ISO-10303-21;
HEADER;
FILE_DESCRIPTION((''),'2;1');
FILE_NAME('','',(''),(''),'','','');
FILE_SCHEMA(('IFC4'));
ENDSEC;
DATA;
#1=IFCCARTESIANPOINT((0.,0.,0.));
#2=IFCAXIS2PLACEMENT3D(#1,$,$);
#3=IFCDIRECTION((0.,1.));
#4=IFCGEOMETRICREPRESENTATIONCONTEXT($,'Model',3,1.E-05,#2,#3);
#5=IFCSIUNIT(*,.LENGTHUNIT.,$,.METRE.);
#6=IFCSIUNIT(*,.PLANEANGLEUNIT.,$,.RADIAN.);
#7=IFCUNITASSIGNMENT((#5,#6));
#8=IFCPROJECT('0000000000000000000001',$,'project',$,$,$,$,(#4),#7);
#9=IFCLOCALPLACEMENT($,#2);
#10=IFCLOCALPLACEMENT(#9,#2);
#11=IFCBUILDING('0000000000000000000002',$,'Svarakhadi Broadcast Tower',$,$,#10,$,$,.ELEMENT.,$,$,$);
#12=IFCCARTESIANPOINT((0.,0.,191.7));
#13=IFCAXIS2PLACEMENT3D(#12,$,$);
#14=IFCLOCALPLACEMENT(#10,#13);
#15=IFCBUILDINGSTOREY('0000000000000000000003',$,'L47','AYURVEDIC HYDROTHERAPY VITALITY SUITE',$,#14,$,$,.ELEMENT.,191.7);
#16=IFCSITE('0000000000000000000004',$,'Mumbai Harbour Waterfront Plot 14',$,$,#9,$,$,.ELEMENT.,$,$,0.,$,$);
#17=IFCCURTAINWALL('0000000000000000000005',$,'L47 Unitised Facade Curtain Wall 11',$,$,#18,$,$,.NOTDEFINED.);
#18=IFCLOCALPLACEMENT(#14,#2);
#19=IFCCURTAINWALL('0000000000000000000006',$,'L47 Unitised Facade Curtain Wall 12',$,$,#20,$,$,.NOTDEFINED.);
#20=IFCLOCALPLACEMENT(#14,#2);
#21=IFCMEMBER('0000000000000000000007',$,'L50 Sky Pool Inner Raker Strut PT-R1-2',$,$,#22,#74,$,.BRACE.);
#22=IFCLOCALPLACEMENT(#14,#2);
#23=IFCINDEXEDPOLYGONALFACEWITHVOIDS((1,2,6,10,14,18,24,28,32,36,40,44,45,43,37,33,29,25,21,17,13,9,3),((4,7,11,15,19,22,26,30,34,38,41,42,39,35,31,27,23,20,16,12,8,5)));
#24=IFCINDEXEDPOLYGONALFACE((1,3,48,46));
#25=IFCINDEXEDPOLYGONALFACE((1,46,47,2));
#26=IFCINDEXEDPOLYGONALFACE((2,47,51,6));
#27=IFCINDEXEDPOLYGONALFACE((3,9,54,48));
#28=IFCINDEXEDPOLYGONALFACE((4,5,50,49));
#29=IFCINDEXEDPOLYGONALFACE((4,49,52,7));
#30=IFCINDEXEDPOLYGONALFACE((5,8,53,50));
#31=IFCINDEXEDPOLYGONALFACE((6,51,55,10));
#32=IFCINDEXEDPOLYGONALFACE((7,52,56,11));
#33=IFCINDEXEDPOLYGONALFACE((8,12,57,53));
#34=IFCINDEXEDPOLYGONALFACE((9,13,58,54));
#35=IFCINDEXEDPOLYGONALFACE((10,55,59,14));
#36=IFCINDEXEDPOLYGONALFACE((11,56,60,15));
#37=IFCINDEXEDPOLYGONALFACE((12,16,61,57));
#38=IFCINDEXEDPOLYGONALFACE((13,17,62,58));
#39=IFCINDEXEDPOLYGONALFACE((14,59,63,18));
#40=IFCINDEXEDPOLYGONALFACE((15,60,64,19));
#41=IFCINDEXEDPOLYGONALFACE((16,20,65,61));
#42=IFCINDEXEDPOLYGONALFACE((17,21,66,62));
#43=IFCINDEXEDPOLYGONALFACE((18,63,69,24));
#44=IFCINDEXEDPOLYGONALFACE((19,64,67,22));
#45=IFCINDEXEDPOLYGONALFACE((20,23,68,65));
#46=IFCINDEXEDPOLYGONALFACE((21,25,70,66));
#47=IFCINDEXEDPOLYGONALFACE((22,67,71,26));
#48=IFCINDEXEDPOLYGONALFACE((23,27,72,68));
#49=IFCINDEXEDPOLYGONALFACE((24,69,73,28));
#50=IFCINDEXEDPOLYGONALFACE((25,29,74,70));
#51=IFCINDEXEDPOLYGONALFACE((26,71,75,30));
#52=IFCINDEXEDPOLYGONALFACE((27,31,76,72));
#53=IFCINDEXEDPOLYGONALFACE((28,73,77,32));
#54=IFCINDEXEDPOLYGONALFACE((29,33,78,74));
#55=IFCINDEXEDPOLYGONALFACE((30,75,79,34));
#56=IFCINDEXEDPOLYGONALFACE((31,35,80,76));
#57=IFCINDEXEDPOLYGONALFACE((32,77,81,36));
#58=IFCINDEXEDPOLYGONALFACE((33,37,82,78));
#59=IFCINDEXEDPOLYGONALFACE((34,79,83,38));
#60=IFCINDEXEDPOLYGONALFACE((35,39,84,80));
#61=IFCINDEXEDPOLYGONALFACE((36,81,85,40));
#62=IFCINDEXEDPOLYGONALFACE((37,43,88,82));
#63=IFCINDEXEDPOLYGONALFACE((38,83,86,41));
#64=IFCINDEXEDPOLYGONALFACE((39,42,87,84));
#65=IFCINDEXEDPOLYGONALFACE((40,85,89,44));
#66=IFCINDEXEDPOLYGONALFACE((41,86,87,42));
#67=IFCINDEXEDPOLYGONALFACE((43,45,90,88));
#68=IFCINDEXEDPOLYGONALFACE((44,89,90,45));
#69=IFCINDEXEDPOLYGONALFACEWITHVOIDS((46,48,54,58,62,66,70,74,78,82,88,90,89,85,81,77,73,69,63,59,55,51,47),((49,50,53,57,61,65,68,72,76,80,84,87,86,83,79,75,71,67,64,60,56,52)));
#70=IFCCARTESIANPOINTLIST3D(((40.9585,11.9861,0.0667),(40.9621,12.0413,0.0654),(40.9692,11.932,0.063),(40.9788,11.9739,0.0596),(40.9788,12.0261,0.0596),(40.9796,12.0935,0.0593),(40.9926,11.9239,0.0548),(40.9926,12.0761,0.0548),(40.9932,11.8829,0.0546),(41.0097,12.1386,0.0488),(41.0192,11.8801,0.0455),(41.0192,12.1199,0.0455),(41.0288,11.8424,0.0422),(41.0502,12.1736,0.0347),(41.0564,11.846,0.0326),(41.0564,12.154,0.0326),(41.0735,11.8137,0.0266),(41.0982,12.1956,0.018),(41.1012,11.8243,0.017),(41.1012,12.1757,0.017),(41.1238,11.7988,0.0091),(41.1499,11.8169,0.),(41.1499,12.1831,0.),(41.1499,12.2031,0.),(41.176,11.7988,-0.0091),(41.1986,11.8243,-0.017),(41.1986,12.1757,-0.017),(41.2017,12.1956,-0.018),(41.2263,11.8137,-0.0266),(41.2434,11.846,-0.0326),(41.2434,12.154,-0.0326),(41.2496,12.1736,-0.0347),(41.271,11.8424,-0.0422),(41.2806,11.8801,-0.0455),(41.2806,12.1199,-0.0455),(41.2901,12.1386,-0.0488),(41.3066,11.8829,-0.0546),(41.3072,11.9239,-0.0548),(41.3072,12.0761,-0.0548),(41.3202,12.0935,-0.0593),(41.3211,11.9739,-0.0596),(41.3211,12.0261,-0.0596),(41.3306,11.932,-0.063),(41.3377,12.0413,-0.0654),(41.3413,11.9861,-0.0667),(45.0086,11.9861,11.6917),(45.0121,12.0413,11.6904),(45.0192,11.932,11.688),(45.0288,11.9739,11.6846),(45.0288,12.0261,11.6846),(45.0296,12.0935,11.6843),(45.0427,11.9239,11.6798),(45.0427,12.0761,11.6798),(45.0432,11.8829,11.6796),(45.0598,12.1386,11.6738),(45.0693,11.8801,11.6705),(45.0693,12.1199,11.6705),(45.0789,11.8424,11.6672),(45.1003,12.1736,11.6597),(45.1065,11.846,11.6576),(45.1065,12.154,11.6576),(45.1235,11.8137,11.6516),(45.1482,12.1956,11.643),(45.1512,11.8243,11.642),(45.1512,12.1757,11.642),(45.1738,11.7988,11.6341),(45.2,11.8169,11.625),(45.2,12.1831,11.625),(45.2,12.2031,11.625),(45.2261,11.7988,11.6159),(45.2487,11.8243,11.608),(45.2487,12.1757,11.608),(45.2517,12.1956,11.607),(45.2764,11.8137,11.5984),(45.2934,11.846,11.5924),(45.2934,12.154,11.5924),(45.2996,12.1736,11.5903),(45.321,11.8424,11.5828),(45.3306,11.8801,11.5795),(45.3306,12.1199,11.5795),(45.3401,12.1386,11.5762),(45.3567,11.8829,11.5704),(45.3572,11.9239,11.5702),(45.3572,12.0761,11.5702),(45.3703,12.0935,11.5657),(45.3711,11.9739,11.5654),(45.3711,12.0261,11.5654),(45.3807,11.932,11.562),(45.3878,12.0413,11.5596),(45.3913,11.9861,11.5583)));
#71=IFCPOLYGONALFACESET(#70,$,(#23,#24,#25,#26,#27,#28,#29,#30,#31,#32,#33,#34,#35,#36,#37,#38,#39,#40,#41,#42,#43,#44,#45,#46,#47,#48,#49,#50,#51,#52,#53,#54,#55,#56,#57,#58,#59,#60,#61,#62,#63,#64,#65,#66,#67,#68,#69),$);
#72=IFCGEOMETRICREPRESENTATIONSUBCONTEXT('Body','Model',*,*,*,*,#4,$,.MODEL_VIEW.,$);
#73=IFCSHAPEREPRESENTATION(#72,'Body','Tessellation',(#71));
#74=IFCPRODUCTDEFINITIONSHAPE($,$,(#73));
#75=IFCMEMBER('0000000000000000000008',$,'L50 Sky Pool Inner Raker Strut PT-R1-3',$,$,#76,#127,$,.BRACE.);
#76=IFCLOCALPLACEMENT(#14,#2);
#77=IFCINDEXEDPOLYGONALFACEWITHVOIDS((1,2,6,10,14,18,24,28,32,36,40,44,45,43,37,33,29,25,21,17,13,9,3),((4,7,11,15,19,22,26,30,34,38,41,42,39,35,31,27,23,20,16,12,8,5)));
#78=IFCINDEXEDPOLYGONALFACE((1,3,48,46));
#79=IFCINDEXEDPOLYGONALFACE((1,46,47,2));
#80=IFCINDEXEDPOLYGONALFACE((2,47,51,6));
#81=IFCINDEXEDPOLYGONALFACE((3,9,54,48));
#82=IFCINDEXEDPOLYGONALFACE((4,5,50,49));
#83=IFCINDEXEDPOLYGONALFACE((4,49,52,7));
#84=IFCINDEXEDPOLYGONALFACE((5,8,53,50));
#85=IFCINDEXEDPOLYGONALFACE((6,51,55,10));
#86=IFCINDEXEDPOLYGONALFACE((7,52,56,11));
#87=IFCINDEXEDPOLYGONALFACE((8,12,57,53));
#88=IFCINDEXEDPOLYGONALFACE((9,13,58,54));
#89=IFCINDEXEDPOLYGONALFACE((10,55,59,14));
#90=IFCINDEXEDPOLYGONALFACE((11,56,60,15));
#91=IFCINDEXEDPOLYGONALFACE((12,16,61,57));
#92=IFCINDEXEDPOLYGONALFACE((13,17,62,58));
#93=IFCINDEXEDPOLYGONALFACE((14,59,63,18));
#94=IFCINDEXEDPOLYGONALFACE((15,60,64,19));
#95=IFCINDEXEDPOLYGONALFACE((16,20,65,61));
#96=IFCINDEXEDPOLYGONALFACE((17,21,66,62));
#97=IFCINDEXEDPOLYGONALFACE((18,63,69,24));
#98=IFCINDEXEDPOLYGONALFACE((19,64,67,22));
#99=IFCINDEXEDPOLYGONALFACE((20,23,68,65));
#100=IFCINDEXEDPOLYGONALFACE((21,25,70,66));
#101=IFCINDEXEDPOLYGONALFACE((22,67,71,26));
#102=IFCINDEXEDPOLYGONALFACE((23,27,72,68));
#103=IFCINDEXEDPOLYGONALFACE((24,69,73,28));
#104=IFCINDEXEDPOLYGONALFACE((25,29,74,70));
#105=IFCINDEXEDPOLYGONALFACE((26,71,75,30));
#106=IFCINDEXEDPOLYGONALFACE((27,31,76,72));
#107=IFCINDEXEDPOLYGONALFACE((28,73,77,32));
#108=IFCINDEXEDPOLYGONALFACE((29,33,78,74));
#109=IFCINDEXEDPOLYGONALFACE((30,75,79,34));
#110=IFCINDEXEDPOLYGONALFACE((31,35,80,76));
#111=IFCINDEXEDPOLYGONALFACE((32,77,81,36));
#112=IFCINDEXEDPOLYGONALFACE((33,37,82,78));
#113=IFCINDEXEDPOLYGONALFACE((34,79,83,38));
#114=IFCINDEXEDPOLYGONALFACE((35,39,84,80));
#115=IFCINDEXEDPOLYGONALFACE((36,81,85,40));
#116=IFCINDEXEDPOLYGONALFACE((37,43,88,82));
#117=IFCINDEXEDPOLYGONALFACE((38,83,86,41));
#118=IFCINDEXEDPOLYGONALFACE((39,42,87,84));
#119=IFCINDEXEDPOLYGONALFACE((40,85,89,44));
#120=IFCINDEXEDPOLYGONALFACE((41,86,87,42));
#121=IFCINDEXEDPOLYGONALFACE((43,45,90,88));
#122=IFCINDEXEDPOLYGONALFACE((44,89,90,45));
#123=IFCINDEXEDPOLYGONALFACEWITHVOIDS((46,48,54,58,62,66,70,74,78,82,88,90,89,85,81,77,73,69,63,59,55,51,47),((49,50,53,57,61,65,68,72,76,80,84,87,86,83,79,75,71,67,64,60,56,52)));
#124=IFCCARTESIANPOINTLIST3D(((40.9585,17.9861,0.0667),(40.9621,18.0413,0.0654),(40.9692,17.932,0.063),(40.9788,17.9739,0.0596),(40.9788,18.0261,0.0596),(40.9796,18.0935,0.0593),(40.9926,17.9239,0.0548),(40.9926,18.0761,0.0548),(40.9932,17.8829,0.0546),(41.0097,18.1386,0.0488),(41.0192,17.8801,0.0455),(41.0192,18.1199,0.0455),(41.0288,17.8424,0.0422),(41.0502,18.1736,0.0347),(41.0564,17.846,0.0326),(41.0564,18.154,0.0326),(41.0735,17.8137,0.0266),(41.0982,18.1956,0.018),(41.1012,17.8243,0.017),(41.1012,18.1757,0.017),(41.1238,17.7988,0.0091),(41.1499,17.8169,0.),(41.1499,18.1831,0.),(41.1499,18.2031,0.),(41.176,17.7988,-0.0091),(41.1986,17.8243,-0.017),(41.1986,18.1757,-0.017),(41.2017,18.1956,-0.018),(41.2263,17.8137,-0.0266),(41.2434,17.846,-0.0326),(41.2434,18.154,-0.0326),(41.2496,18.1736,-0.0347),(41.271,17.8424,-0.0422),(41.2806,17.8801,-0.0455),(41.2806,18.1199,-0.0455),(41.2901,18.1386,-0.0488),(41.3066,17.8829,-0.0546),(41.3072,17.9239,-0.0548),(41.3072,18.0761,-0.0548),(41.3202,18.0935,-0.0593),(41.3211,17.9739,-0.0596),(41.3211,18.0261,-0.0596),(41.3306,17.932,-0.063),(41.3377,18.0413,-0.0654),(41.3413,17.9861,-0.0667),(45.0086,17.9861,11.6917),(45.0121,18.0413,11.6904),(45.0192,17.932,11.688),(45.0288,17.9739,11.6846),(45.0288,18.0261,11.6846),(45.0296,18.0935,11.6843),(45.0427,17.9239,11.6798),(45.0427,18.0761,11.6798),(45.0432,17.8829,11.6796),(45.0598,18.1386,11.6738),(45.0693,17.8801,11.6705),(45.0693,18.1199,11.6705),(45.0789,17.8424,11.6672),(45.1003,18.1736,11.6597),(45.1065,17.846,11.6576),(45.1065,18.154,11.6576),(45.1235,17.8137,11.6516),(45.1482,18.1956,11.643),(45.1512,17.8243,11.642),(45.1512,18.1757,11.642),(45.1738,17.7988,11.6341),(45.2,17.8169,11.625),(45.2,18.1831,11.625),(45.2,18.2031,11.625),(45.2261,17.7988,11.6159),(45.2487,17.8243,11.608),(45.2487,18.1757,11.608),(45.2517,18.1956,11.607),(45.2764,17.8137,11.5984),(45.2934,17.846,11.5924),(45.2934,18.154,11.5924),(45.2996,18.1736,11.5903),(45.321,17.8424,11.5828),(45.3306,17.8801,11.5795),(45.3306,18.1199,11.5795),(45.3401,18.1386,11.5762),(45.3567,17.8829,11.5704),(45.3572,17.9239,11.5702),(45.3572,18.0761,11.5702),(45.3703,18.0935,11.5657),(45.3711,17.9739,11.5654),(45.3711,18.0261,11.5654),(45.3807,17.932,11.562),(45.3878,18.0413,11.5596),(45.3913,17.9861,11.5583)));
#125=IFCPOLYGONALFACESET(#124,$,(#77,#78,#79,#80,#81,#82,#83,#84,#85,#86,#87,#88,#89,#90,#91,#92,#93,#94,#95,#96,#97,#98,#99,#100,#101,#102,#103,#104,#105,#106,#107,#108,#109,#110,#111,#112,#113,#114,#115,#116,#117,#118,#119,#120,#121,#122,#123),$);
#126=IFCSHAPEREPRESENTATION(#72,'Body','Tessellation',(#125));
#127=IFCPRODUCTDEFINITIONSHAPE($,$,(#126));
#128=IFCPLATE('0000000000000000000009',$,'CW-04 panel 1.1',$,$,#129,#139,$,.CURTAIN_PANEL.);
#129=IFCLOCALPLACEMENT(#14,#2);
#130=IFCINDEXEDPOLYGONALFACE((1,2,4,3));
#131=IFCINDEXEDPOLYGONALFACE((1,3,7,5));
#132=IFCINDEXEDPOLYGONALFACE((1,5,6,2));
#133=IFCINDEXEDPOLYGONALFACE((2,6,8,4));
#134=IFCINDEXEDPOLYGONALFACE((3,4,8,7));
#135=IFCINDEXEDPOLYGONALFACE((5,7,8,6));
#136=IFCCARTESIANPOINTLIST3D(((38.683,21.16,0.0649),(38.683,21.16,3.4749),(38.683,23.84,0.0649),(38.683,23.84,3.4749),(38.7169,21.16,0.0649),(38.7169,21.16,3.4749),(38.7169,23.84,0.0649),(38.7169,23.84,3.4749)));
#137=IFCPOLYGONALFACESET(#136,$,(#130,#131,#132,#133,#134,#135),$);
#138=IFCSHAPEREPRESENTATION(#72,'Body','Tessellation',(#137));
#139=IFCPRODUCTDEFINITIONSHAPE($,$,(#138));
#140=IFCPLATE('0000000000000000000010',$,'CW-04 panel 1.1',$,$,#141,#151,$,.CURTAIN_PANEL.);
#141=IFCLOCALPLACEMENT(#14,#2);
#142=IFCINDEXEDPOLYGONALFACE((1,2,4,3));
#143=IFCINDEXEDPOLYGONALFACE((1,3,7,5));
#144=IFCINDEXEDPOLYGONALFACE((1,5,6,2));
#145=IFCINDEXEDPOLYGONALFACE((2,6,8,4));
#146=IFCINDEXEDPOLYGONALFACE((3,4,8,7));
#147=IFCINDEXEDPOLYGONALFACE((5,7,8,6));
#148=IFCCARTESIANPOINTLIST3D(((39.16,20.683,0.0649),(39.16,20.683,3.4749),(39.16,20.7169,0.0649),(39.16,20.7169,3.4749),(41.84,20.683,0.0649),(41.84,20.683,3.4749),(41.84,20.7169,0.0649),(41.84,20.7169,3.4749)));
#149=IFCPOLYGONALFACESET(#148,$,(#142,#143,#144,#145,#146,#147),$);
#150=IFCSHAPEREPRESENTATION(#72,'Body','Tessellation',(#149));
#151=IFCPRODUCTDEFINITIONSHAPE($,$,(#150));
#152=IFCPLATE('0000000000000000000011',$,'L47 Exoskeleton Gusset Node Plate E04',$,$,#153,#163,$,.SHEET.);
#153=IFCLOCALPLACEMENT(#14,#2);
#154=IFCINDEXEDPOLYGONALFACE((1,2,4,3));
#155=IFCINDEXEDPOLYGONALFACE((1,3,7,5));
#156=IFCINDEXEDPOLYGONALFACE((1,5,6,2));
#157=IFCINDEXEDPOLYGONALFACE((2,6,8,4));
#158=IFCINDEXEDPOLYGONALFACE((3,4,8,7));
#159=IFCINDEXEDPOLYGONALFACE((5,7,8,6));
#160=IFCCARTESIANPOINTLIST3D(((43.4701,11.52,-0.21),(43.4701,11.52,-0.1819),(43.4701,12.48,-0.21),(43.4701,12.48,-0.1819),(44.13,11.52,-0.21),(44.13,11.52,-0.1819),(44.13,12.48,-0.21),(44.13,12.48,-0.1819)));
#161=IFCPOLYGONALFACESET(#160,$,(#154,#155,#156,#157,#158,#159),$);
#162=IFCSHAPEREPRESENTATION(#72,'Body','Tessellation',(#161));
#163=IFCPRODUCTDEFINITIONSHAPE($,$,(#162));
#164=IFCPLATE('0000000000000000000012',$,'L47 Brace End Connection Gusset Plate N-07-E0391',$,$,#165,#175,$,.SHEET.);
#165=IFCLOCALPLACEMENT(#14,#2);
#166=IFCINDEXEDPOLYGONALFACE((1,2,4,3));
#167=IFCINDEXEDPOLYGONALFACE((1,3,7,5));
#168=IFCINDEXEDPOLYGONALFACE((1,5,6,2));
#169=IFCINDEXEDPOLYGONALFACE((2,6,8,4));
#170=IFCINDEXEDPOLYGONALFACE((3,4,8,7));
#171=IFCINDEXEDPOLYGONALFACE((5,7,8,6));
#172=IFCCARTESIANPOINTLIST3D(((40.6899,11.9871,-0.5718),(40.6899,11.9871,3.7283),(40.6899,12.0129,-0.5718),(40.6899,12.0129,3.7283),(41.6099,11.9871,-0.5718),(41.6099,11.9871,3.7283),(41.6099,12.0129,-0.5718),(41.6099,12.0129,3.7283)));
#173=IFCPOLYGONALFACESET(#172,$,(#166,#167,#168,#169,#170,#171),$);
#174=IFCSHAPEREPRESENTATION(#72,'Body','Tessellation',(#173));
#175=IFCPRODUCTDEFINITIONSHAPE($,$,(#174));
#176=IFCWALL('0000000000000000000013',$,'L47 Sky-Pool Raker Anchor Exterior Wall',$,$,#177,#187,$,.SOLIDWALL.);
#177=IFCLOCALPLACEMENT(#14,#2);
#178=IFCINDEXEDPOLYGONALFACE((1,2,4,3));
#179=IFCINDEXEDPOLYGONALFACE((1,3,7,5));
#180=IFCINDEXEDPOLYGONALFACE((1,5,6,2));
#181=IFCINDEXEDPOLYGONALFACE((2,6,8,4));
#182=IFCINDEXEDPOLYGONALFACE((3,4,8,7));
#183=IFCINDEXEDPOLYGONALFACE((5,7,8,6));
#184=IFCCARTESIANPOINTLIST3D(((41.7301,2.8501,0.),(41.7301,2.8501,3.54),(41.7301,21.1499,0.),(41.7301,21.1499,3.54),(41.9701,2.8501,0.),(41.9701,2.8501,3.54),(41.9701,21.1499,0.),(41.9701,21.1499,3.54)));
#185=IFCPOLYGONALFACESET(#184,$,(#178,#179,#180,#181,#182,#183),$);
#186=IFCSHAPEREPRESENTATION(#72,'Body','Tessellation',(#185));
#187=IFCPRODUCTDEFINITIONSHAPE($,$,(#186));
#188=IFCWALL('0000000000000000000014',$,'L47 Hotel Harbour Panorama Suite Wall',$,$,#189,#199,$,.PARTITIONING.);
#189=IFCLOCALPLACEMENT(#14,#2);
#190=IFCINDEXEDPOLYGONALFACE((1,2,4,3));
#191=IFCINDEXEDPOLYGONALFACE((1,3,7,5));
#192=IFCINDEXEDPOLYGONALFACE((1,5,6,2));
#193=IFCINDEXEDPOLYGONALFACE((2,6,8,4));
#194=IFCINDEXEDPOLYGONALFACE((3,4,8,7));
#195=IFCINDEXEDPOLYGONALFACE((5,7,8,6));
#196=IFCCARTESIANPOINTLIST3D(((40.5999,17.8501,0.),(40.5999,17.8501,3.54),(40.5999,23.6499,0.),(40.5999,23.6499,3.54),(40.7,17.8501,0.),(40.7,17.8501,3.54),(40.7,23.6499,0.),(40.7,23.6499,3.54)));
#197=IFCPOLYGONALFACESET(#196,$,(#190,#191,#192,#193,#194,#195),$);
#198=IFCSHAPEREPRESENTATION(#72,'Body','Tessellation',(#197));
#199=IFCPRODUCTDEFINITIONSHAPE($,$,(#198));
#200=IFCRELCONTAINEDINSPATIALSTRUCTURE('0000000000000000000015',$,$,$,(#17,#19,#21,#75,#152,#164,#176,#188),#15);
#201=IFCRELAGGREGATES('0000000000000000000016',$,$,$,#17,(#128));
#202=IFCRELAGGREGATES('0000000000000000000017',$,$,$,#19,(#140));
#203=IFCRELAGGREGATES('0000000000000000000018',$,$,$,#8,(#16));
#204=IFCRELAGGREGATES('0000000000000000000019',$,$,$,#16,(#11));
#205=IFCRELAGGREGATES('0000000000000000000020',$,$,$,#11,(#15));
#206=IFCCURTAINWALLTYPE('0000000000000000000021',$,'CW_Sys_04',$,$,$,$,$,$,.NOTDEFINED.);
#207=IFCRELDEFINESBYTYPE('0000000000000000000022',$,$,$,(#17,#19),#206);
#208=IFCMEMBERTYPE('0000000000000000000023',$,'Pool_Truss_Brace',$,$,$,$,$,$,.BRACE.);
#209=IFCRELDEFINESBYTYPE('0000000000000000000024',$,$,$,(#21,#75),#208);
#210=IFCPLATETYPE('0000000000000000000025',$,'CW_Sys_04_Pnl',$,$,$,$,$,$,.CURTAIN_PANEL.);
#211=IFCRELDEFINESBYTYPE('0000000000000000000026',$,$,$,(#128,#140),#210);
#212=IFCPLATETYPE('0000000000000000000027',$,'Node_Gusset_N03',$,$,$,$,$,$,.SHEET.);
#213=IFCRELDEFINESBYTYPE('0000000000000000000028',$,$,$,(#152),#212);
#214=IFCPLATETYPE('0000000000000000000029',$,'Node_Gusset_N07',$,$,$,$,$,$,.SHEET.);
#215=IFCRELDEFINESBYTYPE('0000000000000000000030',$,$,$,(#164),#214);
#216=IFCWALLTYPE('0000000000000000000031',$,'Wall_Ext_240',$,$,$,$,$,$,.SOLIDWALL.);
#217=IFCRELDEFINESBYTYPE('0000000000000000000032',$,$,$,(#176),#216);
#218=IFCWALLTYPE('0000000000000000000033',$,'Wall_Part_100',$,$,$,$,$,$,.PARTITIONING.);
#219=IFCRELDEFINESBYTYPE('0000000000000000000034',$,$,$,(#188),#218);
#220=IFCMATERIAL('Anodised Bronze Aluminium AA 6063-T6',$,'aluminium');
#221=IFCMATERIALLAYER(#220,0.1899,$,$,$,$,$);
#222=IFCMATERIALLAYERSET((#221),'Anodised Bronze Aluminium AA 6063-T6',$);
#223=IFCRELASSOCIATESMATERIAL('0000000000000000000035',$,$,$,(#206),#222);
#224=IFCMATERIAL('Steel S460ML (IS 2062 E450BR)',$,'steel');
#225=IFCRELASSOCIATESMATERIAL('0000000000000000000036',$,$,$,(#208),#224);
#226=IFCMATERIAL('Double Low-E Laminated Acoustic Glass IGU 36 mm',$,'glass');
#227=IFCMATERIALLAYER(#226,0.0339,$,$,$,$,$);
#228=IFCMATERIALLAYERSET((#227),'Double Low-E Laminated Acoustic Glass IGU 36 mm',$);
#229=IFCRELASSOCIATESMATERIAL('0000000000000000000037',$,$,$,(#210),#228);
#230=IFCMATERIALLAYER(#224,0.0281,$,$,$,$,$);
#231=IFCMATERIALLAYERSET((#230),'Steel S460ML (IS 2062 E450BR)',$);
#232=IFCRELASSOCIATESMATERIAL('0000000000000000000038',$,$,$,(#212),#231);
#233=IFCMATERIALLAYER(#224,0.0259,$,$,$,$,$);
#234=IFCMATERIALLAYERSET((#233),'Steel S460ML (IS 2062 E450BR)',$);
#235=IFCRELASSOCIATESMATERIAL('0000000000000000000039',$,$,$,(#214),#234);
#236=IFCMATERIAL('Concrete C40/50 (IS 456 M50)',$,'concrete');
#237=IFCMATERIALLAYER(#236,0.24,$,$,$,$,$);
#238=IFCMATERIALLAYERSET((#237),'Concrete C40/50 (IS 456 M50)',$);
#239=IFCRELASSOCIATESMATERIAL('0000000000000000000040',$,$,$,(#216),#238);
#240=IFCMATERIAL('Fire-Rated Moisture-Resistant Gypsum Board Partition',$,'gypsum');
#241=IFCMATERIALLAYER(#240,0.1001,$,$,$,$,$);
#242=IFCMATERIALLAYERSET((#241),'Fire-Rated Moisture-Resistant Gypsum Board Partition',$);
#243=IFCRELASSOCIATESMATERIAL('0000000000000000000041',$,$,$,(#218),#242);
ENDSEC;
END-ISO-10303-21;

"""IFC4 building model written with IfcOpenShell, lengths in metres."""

from ifc_helpers import new_model, si_unit, direction, frame, frame_2d, origin, origin_2d, place, context, subcontext, project, spatial, rectangle, hollow_circle, extrude, material, layer, layer_set, material_profile, profile_set, type_object, element, aggregate, save


model = new_model("IFC4")

# Units and contexts
model_context = context("Model", 3, precision=1e-05, world=origin(), true_north=direction((0.0, 1.0)))
body_context = subcontext(model_context, "Body", "Model", "MODEL_VIEW")
ifc_project = project(units=[si_unit("LENGTHUNIT", "METRE"), si_unit("PLANEANGLEUNIT", "RADIAN")], contexts=[model_context])

# Site, building, storey
site_placement = place(None, origin())
site = spatial("IfcSite", under=ifc_project, at=site_placement, Name="Mumbai Harbour Waterfront Plot 14", CompositionType="ELEMENT", RefElevation=0.0)
building_placement = place(site_placement, origin())
building = spatial("IfcBuilding", under=site, at=building_placement, Name="Svarakhadi Broadcast Tower", CompositionType="ELEMENT")
storey_placement = place(building_placement, frame((0.0, 0.0, 191.7)))
storey = spatial("IfcBuildingStorey", under=building, at=storey_placement, Name="L47", Description="AYURVEDIC HYDROTHERAPY VITALITY SUITE", CompositionType="ELEMENT", Elevation=191.7)

# Shared definitions
ifc_material_1 = material(Name="Steel S460ML (IS 2062 E450BR)", Category="steel")

# Shared definitions
ifc_material_2 = material(Name="Anodised Bronze Aluminium AA 6063-T6", Category="aluminium")
ifc_layer_1 = layer(ifc_material_2, 0.1899)
ifc_layer_set_1 = layer_set([ifc_layer_1], Name="Anodised Bronze Aluminium AA 6063-T6")
curtain_wall_type = type_object("IfcCurtainWallType", Name="CW_Sys_04", PredefinedType="NOTDEFINED", material=ifc_layer_set_1)

# Curtain walls
curtain_wall_1_placement = place(storey_placement, origin())
curtain_wall_1 = element("IfcCurtainWall", 1, at=curtain_wall_1_placement, inside=storey, type_object=curtain_wall_type, Name="L47 Unitised Facade Curtain Wall 11", PredefinedType="NOTDEFINED")
curtain_wall_2_placement = place(storey_placement, origin())
curtain_wall_2 = element("IfcCurtainWall", 2, at=curtain_wall_2_placement, inside=storey, type_object=curtain_wall_type, Name="L47 Unitised Facade Curtain Wall 12", PredefinedType="NOTDEFINED")

# Members
ifc_material_profile_1 = material_profile(ifc_material_1, hollow_circle(Radius=0.2031, WallThickness=0.02, at=origin_2d()), Name="CHS 406.4x20")
ifc_profile_set_1 = profile_set([ifc_material_profile_1], Name="Steel S460ML (IS 2062 E450BR)")
member_type_1 = type_object("IfcMemberType", Name="Pool_Truss_Brace", PredefinedType="BRACE", material=ifc_profile_set_1)
for number, where, z_axis, x_axis, name in (
    (3, (41.1499, 12.0, 0.0), (0.328997, 0.0, 0.944331), (0.0, 1.0, 0.0), "L50 Sky Pool Inner Raker Strut PT-R1-2"),
    (4, (41.1499, 18.0, 0.0), (0.328997, 0.0, 0.944331), (0.0, 1.0, 0.0), "L50 Sky Pool Inner Raker Strut PT-R1-3"),
):
    element("IfcMember", number, at=place(storey_placement, frame(where, z_axis=z_axis, x_axis=x_axis)), inside=storey, type_object=member_type_1, Name=name, PredefinedType="BRACE", context=body_context, shape_type="SweptSolid", body=[
        extrude(hollow_circle(Radius=0.2031, WallThickness=0.02, at=origin_2d()), origin(), (0.0, 0.0, 1.0), 12.3103),
    ])

# Plates
ifc_material_3 = material(Name="Double Low-E Laminated Acoustic Glass IGU 36 mm", Category="glass")
ifc_layer_2 = layer(ifc_material_3, 0.0339)
ifc_layer_set_2 = layer_set([ifc_layer_2], Name="Double Low-E Laminated Acoustic Glass IGU 36 mm")
plate_type_1 = type_object("IfcPlateType", Name="CW_Sys_04_Pnl", PredefinedType="CURTAIN_PANEL", material=ifc_layer_set_2)
plate_1_placement = place(storey_placement, frame((38.7, 22.5, 0.0649), z_axis=(0.0, 0.0, 1.0), x_axis=(0.0, -1.0, 0.0)))
plate_1 = element("IfcPlate", 5, at=plate_1_placement, type_object=plate_type_1, Name="CW-04 panel 1.1", PredefinedType="CURTAIN_PANEL", context=body_context, shape_type="SweptSolid", body=[
    extrude(rectangle(XDim=2.6799, YDim=0.0339, at=origin_2d()), origin(), (0.0, 0.0, 1.0), 3.4099),
])
aggregate(curtain_wall_1, [plate_1])
plate_2_placement = place(storey_placement, frame((40.5, 20.7, 0.0649), z_axis=(0.0, 0.0, 1.0), x_axis=(1.0, 0.0, 0.0)))
plate_2 = element("IfcPlate", 6, at=plate_2_placement, type_object=plate_type_1, Name="CW-04 panel 1.1", PredefinedType="CURTAIN_PANEL", context=body_context, shape_type="SweptSolid", body=[
    extrude(rectangle(XDim=2.6799, YDim=0.0339, at=origin_2d()), origin(), (0.0, 0.0, 1.0), 3.4099),
])
aggregate(curtain_wall_2, [plate_2])

# Plates
ifc_layer_3 = layer(ifc_material_1, 0.0281)
ifc_layer_set_3 = layer_set([ifc_layer_3], Name="Steel S460ML (IS 2062 E450BR)")
plate_type_2 = type_object("IfcPlateType", Name="Node_Gusset_N03", PredefinedType="SHEET", material=ifc_layer_set_3)
plate_3_placement = place(storey_placement, frame((43.8, 12.0, -0.21), z_axis=(0.0, 0.0, 1.0), x_axis=(0.0, 1.0, 0.0)))
element("IfcPlate", 7, at=plate_3_placement, inside=storey, type_object=plate_type_2, Name="L47 Exoskeleton Gusset Node Plate E04", PredefinedType="SHEET", context=body_context, shape_type="SweptSolid", body=[
    extrude(rectangle(XDim=0.96, YDim=0.6599, at=origin_2d()), origin(), (0.0, 0.0, 1.0), 0.0281),
])
ifc_layer_4 = layer(ifc_material_1, 0.0259)
ifc_layer_set_4 = layer_set([ifc_layer_4], Name="Steel S460ML (IS 2062 E450BR)")
plate_type_3 = type_object("IfcPlateType", Name="Node_Gusset_N07", PredefinedType="SHEET", material=ifc_layer_set_4)
plate_4_placement = place(storey_placement, frame((41.1499, 12.0, -0.5718), z_axis=(0.0, 0.0, 1.0), x_axis=(1.0, 0.0, 0.0)))
element("IfcPlate", 8, at=plate_4_placement, inside=storey, type_object=plate_type_3, Name="L47 Brace End Connection Gusset Plate N-07-E0391", PredefinedType="SHEET", context=body_context, shape_type="SweptSolid", body=[
    extrude(rectangle(XDim=0.9199, YDim=0.0259, at=origin_2d()), origin(), (0.0, 0.0, 1.0), 4.3),
])

# Walls
ifc_material_4 = material(Name="Concrete C40/50 (IS 456 M50)", Category="concrete")
ifc_layer_5 = layer(ifc_material_4, 0.24)
ifc_layer_set_5 = layer_set([ifc_layer_5], Name="Concrete C40/50 (IS 456 M50)")
wall_type_1 = type_object("IfcWallType", Name="Wall_Ext_240", PredefinedType="SOLIDWALL", material=ifc_layer_set_5)
wall_1_placement = place(storey_placement, frame((41.8501, 21.1499, 0.0), z_axis=(0.0, 0.0, 1.0), x_axis=(0.0, -1.0, 0.0)))
element("IfcWall", 9, at=wall_1_placement, inside=storey, type_object=wall_type_1, Name="L47 Sky-Pool Raker Anchor Exterior Wall", PredefinedType="SOLIDWALL", context=body_context, shape_type="SweptSolid", body=[
    extrude(rectangle(XDim=18.2998, YDim=0.24, at=frame_2d((9.1499, 0.0))), origin(), (0.0, 0.0, 1.0), 3.54),
])
ifc_material_5 = material(Name="Fire-Rated Moisture-Resistant Gypsum Board Partition", Category="gypsum")
ifc_layer_6 = layer(ifc_material_5, 0.1001)
ifc_layer_set_6 = layer_set([ifc_layer_6], Name="Fire-Rated Moisture-Resistant Gypsum Board Partition")
wall_type_2 = type_object("IfcWallType", Name="Wall_Part_100", PredefinedType="PARTITIONING", material=ifc_layer_set_6)
wall_2_placement = place(storey_placement, frame((40.6499, 17.8501, 0.0), z_axis=(0.0, 0.0, 1.0), x_axis=(0.0, 1.0, 0.0)))
element("IfcWall", 10, at=wall_2_placement, inside=storey, type_object=wall_type_2, Name="L47 Hotel Harbour Panorama Suite Wall", PredefinedType="PARTITIONING", context=body_context, shape_type="SweptSolid", body=[
    extrude(rectangle(XDim=5.7998, YDim=0.1001, at=frame_2d((2.8999, 0.0))), origin(), (0.0, 0.0, 1.0), 3.54),
])

save(model, "model.ifc")
